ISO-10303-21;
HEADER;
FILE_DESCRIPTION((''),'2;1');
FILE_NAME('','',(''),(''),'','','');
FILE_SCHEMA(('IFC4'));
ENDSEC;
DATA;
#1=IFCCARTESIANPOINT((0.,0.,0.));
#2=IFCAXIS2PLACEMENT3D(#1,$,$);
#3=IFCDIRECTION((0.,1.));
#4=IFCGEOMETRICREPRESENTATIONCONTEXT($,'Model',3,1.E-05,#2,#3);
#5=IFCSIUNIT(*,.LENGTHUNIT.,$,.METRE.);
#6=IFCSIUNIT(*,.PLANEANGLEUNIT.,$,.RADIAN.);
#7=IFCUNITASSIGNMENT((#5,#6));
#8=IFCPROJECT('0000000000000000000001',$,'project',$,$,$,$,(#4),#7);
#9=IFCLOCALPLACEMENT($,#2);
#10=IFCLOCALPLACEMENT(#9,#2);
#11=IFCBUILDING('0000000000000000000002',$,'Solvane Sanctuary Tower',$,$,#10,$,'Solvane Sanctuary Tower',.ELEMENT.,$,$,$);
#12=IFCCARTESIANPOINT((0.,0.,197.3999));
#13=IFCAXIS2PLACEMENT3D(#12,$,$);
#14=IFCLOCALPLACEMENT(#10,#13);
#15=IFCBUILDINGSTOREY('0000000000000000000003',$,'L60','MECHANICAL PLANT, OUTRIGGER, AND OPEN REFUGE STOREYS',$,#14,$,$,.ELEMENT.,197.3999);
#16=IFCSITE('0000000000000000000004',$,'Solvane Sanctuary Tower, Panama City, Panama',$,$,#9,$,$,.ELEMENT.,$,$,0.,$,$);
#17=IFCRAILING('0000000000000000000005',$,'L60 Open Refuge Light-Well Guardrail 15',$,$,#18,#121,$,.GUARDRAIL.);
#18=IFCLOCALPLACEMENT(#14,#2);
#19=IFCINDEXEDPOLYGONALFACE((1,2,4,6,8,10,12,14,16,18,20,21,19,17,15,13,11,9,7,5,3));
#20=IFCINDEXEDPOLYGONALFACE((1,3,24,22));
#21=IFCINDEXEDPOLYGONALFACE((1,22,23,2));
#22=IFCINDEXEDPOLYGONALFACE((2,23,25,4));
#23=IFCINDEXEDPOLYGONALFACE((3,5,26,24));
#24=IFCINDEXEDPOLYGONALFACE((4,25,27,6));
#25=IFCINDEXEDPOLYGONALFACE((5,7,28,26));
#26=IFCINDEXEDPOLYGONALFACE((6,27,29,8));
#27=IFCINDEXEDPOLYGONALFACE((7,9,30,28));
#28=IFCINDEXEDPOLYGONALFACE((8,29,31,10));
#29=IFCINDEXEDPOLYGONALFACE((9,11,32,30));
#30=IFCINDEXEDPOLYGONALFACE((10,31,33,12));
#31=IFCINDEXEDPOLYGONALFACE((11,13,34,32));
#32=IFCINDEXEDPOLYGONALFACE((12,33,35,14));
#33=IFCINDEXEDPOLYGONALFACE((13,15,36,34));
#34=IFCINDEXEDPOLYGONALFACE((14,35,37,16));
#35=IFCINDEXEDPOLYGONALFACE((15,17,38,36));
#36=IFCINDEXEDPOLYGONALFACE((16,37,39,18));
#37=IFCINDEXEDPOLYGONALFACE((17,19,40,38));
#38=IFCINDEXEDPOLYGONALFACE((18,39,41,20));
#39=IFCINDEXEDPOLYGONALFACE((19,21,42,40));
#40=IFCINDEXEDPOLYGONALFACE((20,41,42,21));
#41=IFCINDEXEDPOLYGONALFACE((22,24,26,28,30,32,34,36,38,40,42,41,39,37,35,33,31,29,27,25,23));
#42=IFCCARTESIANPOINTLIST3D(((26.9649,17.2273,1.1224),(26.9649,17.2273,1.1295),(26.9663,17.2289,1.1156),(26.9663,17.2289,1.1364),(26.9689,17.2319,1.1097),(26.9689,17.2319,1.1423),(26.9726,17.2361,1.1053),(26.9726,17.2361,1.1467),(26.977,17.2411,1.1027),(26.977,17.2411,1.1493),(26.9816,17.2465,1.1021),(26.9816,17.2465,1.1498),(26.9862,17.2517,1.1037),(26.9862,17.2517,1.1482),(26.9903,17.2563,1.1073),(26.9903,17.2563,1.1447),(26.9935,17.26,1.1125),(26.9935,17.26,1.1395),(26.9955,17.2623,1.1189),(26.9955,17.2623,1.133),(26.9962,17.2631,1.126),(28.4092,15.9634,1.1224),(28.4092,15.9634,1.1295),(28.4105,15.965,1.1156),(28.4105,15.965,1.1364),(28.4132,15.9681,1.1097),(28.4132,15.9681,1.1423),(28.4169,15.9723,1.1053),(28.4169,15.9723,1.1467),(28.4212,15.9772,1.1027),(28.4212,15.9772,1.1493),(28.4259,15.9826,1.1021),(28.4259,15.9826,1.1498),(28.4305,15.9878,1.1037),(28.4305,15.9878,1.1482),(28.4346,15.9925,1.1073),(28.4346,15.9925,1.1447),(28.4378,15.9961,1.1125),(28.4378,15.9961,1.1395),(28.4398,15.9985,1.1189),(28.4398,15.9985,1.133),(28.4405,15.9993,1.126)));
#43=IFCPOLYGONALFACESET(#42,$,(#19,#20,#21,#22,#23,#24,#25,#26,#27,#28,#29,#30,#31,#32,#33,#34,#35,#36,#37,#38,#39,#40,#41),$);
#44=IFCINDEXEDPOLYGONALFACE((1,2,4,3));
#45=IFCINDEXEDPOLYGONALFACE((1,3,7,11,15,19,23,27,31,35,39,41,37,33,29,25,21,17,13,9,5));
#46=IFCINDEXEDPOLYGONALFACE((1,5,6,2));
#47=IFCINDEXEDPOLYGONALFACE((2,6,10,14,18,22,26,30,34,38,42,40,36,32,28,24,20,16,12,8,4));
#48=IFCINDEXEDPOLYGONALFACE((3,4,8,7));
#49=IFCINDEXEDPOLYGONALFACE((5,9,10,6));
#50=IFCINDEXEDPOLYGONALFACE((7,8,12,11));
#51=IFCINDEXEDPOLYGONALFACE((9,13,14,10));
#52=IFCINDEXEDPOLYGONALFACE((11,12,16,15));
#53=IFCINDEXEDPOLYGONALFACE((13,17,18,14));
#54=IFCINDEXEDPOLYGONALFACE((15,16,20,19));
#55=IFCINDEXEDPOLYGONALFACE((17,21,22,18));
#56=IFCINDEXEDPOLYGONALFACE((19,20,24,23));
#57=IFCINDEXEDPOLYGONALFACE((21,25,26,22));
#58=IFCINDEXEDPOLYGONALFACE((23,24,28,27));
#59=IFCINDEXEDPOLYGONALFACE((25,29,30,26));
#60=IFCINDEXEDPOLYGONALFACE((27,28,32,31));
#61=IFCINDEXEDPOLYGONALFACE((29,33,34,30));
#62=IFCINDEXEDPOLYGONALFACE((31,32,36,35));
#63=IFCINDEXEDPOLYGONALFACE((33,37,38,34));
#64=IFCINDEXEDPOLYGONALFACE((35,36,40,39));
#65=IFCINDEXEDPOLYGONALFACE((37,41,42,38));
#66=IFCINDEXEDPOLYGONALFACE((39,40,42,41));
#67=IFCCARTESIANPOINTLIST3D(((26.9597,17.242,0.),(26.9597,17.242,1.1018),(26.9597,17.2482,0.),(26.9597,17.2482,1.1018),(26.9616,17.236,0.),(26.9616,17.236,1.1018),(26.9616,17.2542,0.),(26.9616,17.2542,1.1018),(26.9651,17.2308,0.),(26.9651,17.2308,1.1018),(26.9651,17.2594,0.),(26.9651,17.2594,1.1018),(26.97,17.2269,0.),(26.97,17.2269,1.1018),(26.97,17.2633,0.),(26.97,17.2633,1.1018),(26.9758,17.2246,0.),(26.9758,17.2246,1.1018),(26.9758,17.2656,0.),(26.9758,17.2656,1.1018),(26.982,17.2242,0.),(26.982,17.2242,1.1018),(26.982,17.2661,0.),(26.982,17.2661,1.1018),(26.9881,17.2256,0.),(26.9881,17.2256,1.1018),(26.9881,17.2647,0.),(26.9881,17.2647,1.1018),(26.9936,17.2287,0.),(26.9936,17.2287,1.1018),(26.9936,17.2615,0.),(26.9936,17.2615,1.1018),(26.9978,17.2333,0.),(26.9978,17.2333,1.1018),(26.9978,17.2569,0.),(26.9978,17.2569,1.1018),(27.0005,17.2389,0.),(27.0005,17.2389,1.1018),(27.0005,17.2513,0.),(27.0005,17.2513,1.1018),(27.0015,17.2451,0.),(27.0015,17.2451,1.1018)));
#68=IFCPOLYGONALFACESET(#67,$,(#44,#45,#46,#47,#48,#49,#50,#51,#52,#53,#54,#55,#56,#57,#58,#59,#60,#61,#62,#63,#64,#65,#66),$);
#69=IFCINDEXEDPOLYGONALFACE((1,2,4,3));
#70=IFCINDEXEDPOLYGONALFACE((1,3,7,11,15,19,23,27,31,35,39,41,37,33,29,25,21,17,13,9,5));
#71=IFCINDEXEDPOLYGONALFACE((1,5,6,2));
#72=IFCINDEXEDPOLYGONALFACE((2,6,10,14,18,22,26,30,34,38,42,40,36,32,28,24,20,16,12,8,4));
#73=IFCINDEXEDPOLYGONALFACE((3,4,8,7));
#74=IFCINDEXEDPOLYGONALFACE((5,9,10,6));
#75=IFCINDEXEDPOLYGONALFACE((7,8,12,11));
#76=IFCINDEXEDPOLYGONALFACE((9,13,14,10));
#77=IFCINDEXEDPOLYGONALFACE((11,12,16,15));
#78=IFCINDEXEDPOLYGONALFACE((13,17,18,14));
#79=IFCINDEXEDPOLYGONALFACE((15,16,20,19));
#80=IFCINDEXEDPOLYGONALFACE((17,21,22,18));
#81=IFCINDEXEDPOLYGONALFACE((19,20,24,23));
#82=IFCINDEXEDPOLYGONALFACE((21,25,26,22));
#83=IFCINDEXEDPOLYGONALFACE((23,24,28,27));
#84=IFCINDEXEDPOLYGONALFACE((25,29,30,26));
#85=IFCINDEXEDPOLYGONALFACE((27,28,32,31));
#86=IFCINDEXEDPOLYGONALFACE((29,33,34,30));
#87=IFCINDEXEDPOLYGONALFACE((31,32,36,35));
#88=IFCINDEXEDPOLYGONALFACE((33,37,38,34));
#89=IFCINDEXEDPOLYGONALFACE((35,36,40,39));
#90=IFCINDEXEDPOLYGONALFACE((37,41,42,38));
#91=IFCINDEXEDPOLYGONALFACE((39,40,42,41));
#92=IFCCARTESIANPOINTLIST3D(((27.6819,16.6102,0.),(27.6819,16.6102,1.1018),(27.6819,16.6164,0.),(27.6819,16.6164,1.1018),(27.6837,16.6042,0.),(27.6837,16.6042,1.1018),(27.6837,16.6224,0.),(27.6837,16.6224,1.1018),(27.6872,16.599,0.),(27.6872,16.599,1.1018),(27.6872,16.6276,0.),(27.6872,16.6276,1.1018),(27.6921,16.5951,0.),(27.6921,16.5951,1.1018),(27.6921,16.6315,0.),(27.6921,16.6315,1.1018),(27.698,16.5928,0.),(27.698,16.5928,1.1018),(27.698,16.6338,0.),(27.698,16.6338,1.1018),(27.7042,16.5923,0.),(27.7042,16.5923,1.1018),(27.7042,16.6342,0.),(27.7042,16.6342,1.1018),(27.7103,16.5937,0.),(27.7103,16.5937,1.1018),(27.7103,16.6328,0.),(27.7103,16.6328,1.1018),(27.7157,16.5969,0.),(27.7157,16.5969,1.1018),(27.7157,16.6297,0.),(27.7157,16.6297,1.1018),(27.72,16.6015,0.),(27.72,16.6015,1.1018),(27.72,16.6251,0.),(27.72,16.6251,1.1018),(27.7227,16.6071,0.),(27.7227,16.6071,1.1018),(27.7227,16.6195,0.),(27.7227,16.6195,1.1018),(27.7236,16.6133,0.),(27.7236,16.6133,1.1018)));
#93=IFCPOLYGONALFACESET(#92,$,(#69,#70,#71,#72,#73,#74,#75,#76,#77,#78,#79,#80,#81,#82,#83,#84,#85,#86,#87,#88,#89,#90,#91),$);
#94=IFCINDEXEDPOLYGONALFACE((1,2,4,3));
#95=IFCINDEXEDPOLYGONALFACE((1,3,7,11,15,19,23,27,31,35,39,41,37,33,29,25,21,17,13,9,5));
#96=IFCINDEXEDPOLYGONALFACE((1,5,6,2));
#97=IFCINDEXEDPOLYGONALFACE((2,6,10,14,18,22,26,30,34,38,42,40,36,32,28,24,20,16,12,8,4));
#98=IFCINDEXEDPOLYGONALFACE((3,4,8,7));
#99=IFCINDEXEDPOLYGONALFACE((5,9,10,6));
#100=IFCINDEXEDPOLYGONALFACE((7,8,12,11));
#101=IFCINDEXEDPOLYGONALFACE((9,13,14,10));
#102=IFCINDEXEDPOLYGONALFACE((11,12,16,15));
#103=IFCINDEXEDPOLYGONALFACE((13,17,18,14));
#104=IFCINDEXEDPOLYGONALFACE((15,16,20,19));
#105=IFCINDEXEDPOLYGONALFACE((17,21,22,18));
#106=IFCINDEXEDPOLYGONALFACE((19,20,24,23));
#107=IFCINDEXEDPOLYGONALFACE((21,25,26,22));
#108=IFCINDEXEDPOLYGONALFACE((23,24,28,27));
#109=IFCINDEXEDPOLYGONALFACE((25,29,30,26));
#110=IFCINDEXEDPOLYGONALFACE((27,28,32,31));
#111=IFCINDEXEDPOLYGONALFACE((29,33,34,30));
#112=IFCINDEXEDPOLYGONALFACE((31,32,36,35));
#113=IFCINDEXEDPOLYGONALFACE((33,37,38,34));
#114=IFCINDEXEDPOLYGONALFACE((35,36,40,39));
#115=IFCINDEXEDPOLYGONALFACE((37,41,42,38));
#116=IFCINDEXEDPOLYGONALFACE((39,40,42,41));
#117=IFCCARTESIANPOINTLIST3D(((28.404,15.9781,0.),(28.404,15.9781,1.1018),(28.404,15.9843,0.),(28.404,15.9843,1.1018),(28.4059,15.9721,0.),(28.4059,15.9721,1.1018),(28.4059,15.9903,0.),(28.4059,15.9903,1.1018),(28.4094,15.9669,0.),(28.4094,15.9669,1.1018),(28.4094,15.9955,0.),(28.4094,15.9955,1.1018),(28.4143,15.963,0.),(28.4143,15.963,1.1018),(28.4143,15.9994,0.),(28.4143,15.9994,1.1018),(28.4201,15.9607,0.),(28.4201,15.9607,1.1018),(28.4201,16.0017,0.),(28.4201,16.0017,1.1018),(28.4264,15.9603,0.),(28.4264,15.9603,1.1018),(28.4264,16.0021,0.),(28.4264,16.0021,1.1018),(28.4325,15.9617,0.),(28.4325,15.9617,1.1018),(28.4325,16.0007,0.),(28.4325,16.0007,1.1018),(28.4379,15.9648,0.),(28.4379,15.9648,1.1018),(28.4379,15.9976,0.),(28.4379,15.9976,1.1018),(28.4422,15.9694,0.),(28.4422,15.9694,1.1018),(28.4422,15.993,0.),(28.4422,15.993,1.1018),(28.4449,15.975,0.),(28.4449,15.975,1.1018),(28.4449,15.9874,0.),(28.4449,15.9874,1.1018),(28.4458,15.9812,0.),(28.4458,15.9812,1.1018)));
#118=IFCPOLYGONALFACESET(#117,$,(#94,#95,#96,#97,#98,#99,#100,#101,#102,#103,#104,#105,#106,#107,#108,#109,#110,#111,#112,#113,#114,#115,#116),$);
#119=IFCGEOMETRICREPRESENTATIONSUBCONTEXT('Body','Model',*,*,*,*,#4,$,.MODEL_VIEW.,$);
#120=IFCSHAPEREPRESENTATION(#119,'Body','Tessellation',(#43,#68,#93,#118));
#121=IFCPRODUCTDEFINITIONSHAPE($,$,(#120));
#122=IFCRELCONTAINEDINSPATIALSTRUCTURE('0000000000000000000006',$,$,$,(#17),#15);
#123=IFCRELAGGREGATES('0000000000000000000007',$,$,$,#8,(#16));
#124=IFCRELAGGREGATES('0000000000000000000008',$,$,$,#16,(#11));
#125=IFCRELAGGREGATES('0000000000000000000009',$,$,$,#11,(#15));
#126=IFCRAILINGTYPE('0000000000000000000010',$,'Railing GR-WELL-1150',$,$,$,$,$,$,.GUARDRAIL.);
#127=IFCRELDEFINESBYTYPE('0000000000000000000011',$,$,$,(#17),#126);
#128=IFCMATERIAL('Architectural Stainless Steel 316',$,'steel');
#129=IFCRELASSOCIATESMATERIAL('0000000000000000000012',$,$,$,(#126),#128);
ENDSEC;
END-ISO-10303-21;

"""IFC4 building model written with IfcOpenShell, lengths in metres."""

from ifc_helpers import new_model, si_unit, direction, frame, origin, origin_2d, place, context, subcontext, project, spatial, circle, extrude, material, type_object, element, save


model = new_model("IFC4")

# Units and contexts
model_context = context("Model", 3, precision=1e-05, world=origin(), true_north=direction((0.0, 1.0)))
body_context = subcontext(model_context, "Body", "Model", "MODEL_VIEW")
ifc_project = project(units=[si_unit("LENGTHUNIT", "METRE"), si_unit("PLANEANGLEUNIT", "RADIAN")], contexts=[model_context])

# Site, building, storey
site_placement = place(None, origin())
site = spatial("IfcSite", under=ifc_project, at=site_placement, Name="Solvane Sanctuary Tower, Panama City, Panama", CompositionType="ELEMENT", RefElevation=0.0)
building_placement = place(site_placement, origin())
building = spatial("IfcBuilding", under=site, at=building_placement, Name="Solvane Sanctuary Tower", LongName="Solvane Sanctuary Tower", CompositionType="ELEMENT")
storey_placement = place(building_placement, frame((0.0, 0.0, 197.3999)))
storey = spatial("IfcBuildingStorey", under=building, at=storey_placement, Name="L60", Description="MECHANICAL PLANT, OUTRIGGER, AND OPEN REFUGE STOREYS", CompositionType="ELEMENT", Elevation=197.3999)

# Shared definitions
ifc_material_1 = material(Name="Architectural Stainless Steel 316", Category="steel")

# Railing
railing_type_1 = type_object("IfcRailingType", Name="Railing GR-WELL-1150", PredefinedType="GUARDRAIL", material=ifc_material_1)
railing_1_placement = place(storey_placement, frame((26.9805, 17.2451, 0.0)))
element("IfcRailing", 1, at=railing_1_placement, inside=storey, type_object=railing_type_1, Name="L60 Open Refuge Light-Well Guardrail 15", PredefinedType="GUARDRAIL", context=body_context, shape_type="SweptSolid", body=[
    extrude(circle(Radius=0.0239, at=origin_2d()), frame((0.0, 0.0, 1.126), z_axis=(0.752545, -0.658541, 0.0), x_axis=(0.658541, 0.752545, 0.0)), (0.0, 0.0, 1.0), 1.9192),
    extrude(circle(Radius=0.021, at=origin_2d()), origin(), (0.0, 0.0, 1.0), 1.1018),
    extrude(circle(Radius=0.021, at=origin_2d()), frame((0.7222, -0.6318, 0.0)), (0.0, 0.0, 1.0), 1.1018),
    extrude(circle(Radius=0.021, at=origin_2d()), frame((1.4443, -1.2639, 0.0)), (0.0, 0.0, 1.0), 1.1018),
])

save(model, "model.ifc")
